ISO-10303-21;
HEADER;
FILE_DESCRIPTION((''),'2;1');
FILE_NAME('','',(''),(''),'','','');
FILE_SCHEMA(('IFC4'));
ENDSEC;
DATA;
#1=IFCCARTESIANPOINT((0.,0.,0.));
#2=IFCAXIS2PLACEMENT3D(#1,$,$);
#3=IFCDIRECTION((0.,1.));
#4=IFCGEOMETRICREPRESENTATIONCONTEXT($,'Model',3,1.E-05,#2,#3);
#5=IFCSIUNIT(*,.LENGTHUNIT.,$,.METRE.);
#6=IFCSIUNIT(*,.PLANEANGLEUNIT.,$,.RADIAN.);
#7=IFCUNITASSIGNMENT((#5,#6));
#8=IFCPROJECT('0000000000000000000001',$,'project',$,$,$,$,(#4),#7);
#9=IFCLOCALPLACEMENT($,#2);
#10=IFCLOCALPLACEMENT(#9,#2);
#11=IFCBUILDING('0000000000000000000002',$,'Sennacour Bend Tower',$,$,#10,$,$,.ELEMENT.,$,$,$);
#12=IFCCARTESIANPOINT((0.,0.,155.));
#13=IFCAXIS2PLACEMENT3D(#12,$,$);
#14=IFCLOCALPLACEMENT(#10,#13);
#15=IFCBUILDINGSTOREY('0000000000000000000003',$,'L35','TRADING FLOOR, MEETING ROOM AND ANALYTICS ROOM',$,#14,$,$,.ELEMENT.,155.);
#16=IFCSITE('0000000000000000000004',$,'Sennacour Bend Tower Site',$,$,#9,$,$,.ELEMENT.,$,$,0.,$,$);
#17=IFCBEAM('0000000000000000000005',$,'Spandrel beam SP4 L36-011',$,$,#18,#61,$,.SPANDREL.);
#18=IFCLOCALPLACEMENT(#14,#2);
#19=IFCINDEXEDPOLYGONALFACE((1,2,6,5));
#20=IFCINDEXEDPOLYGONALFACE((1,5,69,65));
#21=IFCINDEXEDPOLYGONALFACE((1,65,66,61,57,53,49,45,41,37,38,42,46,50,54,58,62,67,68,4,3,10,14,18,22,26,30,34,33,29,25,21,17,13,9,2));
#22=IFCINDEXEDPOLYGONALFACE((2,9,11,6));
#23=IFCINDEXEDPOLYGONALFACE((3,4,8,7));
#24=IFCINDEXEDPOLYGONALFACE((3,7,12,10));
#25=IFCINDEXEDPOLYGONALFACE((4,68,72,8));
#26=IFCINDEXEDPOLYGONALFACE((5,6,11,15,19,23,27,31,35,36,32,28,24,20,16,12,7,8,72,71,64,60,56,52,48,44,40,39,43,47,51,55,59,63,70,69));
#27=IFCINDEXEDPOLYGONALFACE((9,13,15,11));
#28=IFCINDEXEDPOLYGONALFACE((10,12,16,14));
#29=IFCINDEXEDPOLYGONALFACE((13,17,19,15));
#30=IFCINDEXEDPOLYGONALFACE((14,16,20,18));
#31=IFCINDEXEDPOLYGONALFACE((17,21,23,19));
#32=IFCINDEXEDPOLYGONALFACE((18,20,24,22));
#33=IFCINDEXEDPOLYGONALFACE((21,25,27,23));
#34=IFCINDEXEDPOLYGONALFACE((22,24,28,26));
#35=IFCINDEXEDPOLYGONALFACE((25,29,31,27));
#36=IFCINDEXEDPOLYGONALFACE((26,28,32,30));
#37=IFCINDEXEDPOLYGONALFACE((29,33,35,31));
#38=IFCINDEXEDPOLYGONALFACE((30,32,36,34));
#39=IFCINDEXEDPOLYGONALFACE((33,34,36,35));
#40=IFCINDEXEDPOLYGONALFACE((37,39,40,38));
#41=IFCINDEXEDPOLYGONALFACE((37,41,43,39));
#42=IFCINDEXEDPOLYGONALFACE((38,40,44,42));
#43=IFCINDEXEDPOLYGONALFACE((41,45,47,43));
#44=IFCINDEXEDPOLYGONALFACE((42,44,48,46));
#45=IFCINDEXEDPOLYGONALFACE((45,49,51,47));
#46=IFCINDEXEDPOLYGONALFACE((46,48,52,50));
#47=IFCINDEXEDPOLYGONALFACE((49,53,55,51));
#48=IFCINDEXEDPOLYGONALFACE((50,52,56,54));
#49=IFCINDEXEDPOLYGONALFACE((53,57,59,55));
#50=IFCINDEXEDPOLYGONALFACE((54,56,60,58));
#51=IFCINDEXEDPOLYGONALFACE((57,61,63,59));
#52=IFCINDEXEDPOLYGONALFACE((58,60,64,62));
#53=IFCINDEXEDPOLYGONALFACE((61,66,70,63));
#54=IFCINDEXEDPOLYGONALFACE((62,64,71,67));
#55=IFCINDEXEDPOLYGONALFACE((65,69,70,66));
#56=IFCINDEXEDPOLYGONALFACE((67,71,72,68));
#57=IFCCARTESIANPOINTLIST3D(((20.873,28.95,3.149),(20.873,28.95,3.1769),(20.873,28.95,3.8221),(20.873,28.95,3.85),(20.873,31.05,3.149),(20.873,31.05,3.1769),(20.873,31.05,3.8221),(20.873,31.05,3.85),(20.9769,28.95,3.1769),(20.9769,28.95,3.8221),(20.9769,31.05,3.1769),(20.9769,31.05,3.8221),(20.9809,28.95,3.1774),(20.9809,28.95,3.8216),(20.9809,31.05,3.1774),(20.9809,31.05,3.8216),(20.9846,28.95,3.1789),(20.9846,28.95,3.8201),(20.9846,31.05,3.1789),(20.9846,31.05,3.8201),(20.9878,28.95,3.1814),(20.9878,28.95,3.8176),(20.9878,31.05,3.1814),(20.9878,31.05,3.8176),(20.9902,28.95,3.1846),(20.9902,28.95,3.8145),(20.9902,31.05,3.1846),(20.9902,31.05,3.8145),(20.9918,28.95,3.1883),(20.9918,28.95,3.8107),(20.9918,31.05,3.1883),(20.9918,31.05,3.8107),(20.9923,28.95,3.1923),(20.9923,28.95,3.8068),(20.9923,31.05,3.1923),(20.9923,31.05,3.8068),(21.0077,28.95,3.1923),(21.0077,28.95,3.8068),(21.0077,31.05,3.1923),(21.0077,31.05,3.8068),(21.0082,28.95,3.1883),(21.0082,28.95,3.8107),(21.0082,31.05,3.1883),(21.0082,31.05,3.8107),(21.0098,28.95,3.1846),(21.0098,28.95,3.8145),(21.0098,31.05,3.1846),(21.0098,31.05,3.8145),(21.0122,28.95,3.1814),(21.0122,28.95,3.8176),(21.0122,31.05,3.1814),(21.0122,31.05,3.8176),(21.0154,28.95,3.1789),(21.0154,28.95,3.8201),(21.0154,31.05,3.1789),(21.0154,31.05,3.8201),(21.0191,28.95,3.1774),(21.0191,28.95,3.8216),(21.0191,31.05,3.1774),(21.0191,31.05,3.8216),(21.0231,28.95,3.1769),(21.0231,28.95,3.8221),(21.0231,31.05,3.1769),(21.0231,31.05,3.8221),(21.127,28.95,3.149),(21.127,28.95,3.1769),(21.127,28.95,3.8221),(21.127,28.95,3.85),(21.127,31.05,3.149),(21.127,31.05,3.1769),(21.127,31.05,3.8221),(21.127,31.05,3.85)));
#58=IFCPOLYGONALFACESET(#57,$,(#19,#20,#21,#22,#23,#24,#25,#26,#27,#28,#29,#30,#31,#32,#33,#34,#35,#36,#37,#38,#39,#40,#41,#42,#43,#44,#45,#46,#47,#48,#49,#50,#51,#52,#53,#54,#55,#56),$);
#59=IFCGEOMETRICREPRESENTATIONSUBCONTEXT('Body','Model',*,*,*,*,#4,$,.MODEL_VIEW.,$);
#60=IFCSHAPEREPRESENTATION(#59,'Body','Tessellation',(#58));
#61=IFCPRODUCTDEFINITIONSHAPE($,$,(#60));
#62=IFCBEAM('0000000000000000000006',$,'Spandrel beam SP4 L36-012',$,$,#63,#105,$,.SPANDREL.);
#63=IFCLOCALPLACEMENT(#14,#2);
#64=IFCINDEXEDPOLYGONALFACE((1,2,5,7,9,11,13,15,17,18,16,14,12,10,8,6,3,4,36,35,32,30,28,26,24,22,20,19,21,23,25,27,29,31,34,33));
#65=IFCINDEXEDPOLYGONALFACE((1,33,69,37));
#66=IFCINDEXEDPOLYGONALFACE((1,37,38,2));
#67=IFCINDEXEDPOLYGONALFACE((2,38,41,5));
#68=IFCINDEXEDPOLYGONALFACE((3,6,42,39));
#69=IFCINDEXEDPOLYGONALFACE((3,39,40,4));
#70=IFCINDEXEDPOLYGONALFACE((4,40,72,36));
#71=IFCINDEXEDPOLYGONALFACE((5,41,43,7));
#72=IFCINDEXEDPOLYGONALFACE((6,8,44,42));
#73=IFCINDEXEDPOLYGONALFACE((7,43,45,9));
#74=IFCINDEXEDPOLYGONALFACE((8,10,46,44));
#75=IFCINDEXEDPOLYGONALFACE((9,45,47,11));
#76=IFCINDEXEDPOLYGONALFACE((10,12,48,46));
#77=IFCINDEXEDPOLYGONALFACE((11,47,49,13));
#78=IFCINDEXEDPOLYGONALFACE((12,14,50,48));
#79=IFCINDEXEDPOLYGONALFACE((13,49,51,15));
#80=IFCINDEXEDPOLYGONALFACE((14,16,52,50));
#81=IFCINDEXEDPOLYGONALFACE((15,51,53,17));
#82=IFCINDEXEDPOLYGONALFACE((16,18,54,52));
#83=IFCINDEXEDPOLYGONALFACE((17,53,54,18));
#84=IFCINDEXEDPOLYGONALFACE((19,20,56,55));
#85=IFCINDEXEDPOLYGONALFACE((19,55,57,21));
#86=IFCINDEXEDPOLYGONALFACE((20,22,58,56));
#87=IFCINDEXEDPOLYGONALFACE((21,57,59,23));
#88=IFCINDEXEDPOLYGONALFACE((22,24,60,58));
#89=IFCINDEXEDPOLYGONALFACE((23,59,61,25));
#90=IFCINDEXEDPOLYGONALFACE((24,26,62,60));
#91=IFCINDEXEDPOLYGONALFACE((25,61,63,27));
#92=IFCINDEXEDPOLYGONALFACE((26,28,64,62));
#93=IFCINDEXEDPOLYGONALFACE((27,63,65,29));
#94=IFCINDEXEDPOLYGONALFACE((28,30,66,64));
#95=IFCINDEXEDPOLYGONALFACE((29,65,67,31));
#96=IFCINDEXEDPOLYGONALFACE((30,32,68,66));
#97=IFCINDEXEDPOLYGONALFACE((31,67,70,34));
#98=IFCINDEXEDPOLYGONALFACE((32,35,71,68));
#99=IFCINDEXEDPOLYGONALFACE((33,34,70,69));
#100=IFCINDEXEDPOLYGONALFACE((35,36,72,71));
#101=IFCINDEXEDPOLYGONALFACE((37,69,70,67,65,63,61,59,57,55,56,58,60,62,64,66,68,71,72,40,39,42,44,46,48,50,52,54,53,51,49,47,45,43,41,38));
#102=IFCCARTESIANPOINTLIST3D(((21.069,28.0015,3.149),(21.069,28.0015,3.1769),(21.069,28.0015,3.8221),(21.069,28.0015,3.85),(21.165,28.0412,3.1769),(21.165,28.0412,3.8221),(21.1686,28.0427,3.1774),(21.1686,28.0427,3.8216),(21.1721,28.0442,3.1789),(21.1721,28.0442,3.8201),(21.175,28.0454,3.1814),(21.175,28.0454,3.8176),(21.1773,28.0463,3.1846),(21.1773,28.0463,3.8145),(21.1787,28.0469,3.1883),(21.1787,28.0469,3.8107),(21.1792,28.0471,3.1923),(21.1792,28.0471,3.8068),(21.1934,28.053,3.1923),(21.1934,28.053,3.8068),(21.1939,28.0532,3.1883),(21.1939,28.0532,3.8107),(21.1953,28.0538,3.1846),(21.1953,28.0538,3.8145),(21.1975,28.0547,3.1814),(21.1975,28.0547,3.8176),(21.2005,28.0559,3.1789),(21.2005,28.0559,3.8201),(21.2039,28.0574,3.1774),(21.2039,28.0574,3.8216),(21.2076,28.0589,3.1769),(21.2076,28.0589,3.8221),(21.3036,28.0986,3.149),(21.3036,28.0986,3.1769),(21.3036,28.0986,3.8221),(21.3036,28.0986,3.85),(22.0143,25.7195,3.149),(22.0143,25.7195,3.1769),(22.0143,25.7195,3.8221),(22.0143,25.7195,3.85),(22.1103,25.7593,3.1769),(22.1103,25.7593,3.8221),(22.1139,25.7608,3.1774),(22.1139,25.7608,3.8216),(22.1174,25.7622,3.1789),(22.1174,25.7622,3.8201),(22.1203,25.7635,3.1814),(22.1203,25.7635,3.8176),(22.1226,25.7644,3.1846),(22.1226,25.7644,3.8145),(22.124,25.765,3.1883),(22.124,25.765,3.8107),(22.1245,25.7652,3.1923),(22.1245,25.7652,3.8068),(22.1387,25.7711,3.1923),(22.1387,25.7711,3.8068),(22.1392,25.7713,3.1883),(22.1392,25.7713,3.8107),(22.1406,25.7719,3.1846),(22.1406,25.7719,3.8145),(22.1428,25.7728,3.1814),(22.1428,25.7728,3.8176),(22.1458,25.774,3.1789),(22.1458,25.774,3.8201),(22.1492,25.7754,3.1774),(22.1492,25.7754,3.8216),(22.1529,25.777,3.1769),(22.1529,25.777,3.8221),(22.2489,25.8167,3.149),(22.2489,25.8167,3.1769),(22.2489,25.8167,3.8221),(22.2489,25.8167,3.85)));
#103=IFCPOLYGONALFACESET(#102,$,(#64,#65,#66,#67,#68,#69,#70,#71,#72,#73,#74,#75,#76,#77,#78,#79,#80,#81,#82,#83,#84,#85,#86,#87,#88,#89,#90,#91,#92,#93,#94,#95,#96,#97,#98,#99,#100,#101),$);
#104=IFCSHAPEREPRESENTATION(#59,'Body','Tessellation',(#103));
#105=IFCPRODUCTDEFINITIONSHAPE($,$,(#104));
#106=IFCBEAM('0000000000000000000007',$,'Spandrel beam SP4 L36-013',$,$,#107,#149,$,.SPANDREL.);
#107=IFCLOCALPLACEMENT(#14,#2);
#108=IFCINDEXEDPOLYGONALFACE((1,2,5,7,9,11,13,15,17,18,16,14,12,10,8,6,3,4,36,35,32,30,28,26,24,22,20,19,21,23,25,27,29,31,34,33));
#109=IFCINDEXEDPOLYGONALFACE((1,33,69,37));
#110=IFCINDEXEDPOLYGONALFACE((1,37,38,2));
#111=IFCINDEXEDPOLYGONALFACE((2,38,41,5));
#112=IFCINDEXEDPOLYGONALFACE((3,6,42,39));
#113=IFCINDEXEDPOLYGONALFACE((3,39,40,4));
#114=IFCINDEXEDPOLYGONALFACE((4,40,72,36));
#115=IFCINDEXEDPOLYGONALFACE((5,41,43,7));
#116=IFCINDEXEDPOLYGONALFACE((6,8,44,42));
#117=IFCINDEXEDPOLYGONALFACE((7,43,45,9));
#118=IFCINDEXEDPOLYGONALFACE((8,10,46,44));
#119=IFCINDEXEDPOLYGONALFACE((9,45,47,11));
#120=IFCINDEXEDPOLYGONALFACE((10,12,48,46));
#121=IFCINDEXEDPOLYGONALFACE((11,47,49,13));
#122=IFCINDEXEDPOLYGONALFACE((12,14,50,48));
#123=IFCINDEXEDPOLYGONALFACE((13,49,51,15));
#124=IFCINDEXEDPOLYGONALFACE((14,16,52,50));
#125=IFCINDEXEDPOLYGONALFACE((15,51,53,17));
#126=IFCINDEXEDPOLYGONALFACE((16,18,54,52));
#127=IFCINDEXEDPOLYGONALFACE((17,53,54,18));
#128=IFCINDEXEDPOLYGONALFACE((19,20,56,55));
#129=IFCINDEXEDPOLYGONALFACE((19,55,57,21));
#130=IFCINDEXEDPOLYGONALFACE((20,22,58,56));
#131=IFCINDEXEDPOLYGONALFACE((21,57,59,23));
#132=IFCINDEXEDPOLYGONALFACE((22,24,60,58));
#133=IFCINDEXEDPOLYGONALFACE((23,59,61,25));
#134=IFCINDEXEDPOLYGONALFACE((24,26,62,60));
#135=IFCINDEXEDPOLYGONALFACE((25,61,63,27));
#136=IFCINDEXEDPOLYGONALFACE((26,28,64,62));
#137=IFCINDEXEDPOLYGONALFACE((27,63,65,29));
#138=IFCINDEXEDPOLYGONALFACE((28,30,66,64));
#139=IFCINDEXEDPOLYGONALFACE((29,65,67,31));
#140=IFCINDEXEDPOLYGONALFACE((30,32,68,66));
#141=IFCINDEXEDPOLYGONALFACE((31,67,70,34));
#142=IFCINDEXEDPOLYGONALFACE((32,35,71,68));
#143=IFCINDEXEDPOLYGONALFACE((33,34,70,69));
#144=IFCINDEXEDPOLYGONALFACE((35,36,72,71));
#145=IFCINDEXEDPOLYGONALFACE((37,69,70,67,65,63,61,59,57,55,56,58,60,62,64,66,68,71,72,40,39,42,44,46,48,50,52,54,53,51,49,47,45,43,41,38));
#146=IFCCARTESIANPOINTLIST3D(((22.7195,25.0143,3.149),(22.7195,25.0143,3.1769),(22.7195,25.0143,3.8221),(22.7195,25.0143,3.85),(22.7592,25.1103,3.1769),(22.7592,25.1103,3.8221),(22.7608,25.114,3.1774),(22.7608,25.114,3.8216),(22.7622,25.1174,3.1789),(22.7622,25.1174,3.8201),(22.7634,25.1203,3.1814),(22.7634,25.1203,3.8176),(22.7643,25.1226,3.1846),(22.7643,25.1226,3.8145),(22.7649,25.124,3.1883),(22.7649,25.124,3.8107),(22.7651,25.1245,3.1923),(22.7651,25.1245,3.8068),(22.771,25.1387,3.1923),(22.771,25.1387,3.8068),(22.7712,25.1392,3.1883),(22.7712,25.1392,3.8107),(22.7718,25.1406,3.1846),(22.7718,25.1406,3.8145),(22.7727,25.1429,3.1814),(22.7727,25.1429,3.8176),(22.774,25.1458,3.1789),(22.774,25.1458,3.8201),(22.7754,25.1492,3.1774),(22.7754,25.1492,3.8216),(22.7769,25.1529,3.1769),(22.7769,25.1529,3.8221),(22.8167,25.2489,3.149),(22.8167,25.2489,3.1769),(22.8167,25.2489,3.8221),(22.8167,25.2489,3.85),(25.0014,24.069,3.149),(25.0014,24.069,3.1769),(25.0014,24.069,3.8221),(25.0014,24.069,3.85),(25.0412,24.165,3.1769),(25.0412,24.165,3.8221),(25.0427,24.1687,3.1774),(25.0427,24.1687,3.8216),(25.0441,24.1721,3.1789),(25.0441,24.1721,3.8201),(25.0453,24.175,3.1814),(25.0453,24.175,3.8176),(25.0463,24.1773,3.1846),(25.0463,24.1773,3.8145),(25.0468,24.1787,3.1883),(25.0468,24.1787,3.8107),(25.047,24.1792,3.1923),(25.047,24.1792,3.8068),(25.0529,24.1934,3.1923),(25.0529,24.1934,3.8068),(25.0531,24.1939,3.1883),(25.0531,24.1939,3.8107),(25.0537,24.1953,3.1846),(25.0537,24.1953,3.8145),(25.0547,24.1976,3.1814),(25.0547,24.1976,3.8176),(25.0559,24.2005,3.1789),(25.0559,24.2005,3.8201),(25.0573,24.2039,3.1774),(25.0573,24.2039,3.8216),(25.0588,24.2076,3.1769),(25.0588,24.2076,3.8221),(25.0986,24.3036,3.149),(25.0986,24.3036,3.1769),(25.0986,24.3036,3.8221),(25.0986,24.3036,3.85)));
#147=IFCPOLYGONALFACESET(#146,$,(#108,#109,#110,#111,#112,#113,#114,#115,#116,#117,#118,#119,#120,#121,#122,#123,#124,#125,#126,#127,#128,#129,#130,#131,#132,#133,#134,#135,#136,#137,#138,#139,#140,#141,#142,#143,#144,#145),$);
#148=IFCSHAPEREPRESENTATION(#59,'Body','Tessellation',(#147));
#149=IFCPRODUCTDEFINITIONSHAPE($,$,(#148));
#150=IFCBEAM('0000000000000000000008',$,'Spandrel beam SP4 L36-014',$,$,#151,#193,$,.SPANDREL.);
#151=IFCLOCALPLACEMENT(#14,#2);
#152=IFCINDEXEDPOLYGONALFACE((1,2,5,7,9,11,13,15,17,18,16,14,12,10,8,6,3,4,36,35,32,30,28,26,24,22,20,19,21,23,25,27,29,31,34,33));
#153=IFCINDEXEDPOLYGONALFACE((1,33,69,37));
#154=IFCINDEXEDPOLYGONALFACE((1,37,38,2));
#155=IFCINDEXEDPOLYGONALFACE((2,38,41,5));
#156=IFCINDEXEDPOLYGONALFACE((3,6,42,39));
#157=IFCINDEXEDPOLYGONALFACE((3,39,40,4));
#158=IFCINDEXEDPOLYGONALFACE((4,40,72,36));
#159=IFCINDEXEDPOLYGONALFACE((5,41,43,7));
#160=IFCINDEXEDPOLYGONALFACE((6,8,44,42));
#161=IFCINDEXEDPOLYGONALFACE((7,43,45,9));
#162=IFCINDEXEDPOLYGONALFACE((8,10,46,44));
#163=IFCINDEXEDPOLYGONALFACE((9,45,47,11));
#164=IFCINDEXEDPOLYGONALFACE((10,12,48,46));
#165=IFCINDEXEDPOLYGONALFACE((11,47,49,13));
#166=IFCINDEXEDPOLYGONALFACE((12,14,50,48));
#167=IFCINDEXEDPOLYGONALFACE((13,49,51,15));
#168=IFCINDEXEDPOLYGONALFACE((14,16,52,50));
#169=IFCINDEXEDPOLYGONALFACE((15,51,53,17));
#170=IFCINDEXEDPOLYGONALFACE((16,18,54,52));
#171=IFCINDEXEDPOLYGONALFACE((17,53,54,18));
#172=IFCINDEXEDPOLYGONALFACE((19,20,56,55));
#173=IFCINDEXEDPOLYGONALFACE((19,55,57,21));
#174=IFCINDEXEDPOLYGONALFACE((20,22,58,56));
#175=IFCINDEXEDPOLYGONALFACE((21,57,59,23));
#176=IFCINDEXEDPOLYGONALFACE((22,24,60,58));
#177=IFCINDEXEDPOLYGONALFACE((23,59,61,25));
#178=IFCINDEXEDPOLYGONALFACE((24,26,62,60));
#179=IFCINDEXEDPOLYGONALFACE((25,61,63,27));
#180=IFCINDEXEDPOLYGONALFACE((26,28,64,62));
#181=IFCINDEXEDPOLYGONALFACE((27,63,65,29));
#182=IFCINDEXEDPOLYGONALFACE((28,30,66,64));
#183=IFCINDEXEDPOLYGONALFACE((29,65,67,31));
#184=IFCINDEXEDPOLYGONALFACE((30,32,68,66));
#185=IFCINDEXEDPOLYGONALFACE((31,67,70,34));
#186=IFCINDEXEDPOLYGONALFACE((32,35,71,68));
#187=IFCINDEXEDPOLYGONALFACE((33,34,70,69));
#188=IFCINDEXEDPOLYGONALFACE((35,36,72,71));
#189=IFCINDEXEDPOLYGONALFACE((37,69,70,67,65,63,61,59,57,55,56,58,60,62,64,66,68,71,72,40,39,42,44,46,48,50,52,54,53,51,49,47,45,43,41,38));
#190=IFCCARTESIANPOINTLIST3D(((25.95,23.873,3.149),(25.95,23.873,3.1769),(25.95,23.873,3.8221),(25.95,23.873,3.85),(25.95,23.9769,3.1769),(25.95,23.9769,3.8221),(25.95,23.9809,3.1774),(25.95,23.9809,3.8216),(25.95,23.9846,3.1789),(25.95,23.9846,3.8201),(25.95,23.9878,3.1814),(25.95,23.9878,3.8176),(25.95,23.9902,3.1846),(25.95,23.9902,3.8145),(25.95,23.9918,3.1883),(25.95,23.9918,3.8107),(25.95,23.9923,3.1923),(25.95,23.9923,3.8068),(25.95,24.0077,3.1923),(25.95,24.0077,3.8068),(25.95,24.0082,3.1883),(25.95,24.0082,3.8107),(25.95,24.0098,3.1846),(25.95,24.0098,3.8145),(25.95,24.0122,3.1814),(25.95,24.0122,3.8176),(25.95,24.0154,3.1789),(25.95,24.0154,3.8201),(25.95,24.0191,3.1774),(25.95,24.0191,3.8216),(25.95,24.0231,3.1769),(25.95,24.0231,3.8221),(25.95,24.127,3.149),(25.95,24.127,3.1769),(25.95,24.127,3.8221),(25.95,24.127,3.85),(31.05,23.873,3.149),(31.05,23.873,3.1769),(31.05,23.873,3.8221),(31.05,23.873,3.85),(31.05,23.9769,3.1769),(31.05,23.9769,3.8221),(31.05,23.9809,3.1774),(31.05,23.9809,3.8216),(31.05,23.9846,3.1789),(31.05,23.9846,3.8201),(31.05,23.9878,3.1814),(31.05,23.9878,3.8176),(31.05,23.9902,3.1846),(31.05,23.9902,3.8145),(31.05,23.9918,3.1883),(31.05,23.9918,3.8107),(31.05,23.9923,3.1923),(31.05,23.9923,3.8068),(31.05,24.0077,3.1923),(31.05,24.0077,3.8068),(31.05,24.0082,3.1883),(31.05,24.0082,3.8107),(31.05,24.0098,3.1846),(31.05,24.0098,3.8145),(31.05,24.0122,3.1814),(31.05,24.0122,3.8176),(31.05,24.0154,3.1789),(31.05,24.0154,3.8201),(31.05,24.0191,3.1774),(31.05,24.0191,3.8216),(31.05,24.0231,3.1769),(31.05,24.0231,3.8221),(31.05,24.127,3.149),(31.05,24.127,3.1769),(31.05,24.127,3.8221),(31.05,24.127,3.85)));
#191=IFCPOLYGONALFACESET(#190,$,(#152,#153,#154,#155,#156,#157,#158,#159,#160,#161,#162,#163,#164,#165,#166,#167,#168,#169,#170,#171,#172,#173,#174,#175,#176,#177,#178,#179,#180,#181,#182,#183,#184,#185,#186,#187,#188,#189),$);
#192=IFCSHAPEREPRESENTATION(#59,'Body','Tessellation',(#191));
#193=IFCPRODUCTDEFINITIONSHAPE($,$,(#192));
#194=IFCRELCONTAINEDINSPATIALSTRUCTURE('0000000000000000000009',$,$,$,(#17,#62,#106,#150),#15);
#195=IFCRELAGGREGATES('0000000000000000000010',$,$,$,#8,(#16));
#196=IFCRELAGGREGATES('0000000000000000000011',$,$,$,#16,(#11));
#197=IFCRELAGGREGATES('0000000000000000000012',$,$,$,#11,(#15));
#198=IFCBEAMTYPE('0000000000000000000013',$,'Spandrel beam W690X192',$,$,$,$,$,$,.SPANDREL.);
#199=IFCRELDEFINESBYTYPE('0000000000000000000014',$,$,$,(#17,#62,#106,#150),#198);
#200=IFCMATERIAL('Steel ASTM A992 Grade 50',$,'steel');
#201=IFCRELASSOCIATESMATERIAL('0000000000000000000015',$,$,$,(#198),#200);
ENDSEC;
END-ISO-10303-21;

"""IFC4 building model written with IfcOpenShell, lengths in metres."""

from ifc_helpers import new_model, si_unit, direction, frame, origin, origin_2d, place, context, subcontext, project, spatial, i_section, extrude, material, material_profile, profile_set, type_object, element, save


model = new_model("IFC4")

# Units and contexts
model_context = context("Model", 3, precision=1e-05, world=origin(), true_north=direction((0.0, 1.0)))
body_context = subcontext(model_context, "Body", "Model", "MODEL_VIEW")
ifc_project = project(units=[si_unit("LENGTHUNIT", "METRE"), si_unit("PLANEANGLEUNIT", "RADIAN")], contexts=[model_context])

# Site, building, storey
site_placement = place(None, origin())
site = spatial("IfcSite", under=ifc_project, at=site_placement, Name="Sennacour Bend Tower Site", CompositionType="ELEMENT", RefElevation=0.0)
building_placement = place(site_placement, origin())
building = spatial("IfcBuilding", under=site, at=building_placement, Name="Sennacour Bend Tower", CompositionType="ELEMENT")
storey_placement = place(building_placement, frame((0.0, 0.0, 155.0)))
storey = spatial("IfcBuildingStorey", under=building, at=storey_placement, Name="L35", Description="TRADING FLOOR, MEETING ROOM AND ANALYTICS ROOM", CompositionType="ELEMENT", Elevation=155.0)

# Beams
ifc_material_1 = material(Name="Steel ASTM A992 Grade 50", Category="steel")
ifc_material_profile_1 = material_profile(ifc_material_1, i_section(OverallWidth=0.2539, OverallDepth=0.7009, WebThickness=0.0154, FlangeThickness=0.0278, FilletRadius=0.0154, at=origin_2d()), Name="Steel ASTM A992 Grade 50", Category="steel")
ifc_profile_set_1 = profile_set([ifc_material_profile_1], Name="Steel ASTM A992 Grade 50")
beam_type_1 = type_object("IfcBeamType", Name="Spandrel beam W690X192", PredefinedType="SPANDREL", material=ifc_profile_set_1)
beam_1_placement = place(storey_placement, frame((21.0, 31.05, 3.4995), z_axis=(0.0, -1.0, 0.0), x_axis=(1.0, 0.0, 0.0)))
element("IfcBeam", 1, at=beam_1_placement, inside=storey, type_object=beam_type_1, Name="Spandrel beam SP4 L36-011", PredefinedType="SPANDREL", context=body_context, shape_type="SweptSolid", body=[
    extrude(i_section(OverallWidth=0.2539, OverallDepth=0.7009, WebThickness=0.0154, FlangeThickness=0.0278, FilletRadius=0.0154, at=origin_2d()), origin(), (0.0, 0.0, 1.0), 2.1001),
])
for number, where, z_axis, x_axis, name in (
    (2, (21.1863, 28.05, 3.4995), (0.382713, -0.923867, 0.0), (0.923867, 0.382713, 0.0), "Spandrel beam SP4 L36-012"),
    (3, (22.7681, 25.1316, 3.4995), (0.923867, -0.382713, 0.0), (0.382713, 0.923867, 0.0), "Spandrel beam SP4 L36-013"),
):
    element("IfcBeam", number, at=place(storey_placement, frame(where, z_axis=z_axis, x_axis=x_axis)), inside=storey, type_object=beam_type_1, Name=name, PredefinedType="SPANDREL", context=body_context, shape_type="SweptSolid", body=[
        extrude(i_section(OverallWidth=0.2539, OverallDepth=0.7009, WebThickness=0.0154, FlangeThickness=0.0278, FilletRadius=0.0154, at=origin_2d()), origin(), (0.0, 0.0, 1.0), 2.47),
    ])
beam_2_placement = place(storey_placement, frame((25.95, 24.0, 3.4995), z_axis=(1.0, 0.0, 0.0), x_axis=(0.0, 1.0, 0.0)))
element("IfcBeam", 4, at=beam_2_placement, inside=storey, type_object=beam_type_1, Name="Spandrel beam SP4 L36-014", PredefinedType="SPANDREL", context=body_context, shape_type="SweptSolid", body=[
    extrude(i_section(OverallWidth=0.2539, OverallDepth=0.7009, WebThickness=0.0154, FlangeThickness=0.0278, FilletRadius=0.0154, at=origin_2d()), origin(), (0.0, 0.0, 1.0), 5.1001),
])

save(model, "model.ifc")
